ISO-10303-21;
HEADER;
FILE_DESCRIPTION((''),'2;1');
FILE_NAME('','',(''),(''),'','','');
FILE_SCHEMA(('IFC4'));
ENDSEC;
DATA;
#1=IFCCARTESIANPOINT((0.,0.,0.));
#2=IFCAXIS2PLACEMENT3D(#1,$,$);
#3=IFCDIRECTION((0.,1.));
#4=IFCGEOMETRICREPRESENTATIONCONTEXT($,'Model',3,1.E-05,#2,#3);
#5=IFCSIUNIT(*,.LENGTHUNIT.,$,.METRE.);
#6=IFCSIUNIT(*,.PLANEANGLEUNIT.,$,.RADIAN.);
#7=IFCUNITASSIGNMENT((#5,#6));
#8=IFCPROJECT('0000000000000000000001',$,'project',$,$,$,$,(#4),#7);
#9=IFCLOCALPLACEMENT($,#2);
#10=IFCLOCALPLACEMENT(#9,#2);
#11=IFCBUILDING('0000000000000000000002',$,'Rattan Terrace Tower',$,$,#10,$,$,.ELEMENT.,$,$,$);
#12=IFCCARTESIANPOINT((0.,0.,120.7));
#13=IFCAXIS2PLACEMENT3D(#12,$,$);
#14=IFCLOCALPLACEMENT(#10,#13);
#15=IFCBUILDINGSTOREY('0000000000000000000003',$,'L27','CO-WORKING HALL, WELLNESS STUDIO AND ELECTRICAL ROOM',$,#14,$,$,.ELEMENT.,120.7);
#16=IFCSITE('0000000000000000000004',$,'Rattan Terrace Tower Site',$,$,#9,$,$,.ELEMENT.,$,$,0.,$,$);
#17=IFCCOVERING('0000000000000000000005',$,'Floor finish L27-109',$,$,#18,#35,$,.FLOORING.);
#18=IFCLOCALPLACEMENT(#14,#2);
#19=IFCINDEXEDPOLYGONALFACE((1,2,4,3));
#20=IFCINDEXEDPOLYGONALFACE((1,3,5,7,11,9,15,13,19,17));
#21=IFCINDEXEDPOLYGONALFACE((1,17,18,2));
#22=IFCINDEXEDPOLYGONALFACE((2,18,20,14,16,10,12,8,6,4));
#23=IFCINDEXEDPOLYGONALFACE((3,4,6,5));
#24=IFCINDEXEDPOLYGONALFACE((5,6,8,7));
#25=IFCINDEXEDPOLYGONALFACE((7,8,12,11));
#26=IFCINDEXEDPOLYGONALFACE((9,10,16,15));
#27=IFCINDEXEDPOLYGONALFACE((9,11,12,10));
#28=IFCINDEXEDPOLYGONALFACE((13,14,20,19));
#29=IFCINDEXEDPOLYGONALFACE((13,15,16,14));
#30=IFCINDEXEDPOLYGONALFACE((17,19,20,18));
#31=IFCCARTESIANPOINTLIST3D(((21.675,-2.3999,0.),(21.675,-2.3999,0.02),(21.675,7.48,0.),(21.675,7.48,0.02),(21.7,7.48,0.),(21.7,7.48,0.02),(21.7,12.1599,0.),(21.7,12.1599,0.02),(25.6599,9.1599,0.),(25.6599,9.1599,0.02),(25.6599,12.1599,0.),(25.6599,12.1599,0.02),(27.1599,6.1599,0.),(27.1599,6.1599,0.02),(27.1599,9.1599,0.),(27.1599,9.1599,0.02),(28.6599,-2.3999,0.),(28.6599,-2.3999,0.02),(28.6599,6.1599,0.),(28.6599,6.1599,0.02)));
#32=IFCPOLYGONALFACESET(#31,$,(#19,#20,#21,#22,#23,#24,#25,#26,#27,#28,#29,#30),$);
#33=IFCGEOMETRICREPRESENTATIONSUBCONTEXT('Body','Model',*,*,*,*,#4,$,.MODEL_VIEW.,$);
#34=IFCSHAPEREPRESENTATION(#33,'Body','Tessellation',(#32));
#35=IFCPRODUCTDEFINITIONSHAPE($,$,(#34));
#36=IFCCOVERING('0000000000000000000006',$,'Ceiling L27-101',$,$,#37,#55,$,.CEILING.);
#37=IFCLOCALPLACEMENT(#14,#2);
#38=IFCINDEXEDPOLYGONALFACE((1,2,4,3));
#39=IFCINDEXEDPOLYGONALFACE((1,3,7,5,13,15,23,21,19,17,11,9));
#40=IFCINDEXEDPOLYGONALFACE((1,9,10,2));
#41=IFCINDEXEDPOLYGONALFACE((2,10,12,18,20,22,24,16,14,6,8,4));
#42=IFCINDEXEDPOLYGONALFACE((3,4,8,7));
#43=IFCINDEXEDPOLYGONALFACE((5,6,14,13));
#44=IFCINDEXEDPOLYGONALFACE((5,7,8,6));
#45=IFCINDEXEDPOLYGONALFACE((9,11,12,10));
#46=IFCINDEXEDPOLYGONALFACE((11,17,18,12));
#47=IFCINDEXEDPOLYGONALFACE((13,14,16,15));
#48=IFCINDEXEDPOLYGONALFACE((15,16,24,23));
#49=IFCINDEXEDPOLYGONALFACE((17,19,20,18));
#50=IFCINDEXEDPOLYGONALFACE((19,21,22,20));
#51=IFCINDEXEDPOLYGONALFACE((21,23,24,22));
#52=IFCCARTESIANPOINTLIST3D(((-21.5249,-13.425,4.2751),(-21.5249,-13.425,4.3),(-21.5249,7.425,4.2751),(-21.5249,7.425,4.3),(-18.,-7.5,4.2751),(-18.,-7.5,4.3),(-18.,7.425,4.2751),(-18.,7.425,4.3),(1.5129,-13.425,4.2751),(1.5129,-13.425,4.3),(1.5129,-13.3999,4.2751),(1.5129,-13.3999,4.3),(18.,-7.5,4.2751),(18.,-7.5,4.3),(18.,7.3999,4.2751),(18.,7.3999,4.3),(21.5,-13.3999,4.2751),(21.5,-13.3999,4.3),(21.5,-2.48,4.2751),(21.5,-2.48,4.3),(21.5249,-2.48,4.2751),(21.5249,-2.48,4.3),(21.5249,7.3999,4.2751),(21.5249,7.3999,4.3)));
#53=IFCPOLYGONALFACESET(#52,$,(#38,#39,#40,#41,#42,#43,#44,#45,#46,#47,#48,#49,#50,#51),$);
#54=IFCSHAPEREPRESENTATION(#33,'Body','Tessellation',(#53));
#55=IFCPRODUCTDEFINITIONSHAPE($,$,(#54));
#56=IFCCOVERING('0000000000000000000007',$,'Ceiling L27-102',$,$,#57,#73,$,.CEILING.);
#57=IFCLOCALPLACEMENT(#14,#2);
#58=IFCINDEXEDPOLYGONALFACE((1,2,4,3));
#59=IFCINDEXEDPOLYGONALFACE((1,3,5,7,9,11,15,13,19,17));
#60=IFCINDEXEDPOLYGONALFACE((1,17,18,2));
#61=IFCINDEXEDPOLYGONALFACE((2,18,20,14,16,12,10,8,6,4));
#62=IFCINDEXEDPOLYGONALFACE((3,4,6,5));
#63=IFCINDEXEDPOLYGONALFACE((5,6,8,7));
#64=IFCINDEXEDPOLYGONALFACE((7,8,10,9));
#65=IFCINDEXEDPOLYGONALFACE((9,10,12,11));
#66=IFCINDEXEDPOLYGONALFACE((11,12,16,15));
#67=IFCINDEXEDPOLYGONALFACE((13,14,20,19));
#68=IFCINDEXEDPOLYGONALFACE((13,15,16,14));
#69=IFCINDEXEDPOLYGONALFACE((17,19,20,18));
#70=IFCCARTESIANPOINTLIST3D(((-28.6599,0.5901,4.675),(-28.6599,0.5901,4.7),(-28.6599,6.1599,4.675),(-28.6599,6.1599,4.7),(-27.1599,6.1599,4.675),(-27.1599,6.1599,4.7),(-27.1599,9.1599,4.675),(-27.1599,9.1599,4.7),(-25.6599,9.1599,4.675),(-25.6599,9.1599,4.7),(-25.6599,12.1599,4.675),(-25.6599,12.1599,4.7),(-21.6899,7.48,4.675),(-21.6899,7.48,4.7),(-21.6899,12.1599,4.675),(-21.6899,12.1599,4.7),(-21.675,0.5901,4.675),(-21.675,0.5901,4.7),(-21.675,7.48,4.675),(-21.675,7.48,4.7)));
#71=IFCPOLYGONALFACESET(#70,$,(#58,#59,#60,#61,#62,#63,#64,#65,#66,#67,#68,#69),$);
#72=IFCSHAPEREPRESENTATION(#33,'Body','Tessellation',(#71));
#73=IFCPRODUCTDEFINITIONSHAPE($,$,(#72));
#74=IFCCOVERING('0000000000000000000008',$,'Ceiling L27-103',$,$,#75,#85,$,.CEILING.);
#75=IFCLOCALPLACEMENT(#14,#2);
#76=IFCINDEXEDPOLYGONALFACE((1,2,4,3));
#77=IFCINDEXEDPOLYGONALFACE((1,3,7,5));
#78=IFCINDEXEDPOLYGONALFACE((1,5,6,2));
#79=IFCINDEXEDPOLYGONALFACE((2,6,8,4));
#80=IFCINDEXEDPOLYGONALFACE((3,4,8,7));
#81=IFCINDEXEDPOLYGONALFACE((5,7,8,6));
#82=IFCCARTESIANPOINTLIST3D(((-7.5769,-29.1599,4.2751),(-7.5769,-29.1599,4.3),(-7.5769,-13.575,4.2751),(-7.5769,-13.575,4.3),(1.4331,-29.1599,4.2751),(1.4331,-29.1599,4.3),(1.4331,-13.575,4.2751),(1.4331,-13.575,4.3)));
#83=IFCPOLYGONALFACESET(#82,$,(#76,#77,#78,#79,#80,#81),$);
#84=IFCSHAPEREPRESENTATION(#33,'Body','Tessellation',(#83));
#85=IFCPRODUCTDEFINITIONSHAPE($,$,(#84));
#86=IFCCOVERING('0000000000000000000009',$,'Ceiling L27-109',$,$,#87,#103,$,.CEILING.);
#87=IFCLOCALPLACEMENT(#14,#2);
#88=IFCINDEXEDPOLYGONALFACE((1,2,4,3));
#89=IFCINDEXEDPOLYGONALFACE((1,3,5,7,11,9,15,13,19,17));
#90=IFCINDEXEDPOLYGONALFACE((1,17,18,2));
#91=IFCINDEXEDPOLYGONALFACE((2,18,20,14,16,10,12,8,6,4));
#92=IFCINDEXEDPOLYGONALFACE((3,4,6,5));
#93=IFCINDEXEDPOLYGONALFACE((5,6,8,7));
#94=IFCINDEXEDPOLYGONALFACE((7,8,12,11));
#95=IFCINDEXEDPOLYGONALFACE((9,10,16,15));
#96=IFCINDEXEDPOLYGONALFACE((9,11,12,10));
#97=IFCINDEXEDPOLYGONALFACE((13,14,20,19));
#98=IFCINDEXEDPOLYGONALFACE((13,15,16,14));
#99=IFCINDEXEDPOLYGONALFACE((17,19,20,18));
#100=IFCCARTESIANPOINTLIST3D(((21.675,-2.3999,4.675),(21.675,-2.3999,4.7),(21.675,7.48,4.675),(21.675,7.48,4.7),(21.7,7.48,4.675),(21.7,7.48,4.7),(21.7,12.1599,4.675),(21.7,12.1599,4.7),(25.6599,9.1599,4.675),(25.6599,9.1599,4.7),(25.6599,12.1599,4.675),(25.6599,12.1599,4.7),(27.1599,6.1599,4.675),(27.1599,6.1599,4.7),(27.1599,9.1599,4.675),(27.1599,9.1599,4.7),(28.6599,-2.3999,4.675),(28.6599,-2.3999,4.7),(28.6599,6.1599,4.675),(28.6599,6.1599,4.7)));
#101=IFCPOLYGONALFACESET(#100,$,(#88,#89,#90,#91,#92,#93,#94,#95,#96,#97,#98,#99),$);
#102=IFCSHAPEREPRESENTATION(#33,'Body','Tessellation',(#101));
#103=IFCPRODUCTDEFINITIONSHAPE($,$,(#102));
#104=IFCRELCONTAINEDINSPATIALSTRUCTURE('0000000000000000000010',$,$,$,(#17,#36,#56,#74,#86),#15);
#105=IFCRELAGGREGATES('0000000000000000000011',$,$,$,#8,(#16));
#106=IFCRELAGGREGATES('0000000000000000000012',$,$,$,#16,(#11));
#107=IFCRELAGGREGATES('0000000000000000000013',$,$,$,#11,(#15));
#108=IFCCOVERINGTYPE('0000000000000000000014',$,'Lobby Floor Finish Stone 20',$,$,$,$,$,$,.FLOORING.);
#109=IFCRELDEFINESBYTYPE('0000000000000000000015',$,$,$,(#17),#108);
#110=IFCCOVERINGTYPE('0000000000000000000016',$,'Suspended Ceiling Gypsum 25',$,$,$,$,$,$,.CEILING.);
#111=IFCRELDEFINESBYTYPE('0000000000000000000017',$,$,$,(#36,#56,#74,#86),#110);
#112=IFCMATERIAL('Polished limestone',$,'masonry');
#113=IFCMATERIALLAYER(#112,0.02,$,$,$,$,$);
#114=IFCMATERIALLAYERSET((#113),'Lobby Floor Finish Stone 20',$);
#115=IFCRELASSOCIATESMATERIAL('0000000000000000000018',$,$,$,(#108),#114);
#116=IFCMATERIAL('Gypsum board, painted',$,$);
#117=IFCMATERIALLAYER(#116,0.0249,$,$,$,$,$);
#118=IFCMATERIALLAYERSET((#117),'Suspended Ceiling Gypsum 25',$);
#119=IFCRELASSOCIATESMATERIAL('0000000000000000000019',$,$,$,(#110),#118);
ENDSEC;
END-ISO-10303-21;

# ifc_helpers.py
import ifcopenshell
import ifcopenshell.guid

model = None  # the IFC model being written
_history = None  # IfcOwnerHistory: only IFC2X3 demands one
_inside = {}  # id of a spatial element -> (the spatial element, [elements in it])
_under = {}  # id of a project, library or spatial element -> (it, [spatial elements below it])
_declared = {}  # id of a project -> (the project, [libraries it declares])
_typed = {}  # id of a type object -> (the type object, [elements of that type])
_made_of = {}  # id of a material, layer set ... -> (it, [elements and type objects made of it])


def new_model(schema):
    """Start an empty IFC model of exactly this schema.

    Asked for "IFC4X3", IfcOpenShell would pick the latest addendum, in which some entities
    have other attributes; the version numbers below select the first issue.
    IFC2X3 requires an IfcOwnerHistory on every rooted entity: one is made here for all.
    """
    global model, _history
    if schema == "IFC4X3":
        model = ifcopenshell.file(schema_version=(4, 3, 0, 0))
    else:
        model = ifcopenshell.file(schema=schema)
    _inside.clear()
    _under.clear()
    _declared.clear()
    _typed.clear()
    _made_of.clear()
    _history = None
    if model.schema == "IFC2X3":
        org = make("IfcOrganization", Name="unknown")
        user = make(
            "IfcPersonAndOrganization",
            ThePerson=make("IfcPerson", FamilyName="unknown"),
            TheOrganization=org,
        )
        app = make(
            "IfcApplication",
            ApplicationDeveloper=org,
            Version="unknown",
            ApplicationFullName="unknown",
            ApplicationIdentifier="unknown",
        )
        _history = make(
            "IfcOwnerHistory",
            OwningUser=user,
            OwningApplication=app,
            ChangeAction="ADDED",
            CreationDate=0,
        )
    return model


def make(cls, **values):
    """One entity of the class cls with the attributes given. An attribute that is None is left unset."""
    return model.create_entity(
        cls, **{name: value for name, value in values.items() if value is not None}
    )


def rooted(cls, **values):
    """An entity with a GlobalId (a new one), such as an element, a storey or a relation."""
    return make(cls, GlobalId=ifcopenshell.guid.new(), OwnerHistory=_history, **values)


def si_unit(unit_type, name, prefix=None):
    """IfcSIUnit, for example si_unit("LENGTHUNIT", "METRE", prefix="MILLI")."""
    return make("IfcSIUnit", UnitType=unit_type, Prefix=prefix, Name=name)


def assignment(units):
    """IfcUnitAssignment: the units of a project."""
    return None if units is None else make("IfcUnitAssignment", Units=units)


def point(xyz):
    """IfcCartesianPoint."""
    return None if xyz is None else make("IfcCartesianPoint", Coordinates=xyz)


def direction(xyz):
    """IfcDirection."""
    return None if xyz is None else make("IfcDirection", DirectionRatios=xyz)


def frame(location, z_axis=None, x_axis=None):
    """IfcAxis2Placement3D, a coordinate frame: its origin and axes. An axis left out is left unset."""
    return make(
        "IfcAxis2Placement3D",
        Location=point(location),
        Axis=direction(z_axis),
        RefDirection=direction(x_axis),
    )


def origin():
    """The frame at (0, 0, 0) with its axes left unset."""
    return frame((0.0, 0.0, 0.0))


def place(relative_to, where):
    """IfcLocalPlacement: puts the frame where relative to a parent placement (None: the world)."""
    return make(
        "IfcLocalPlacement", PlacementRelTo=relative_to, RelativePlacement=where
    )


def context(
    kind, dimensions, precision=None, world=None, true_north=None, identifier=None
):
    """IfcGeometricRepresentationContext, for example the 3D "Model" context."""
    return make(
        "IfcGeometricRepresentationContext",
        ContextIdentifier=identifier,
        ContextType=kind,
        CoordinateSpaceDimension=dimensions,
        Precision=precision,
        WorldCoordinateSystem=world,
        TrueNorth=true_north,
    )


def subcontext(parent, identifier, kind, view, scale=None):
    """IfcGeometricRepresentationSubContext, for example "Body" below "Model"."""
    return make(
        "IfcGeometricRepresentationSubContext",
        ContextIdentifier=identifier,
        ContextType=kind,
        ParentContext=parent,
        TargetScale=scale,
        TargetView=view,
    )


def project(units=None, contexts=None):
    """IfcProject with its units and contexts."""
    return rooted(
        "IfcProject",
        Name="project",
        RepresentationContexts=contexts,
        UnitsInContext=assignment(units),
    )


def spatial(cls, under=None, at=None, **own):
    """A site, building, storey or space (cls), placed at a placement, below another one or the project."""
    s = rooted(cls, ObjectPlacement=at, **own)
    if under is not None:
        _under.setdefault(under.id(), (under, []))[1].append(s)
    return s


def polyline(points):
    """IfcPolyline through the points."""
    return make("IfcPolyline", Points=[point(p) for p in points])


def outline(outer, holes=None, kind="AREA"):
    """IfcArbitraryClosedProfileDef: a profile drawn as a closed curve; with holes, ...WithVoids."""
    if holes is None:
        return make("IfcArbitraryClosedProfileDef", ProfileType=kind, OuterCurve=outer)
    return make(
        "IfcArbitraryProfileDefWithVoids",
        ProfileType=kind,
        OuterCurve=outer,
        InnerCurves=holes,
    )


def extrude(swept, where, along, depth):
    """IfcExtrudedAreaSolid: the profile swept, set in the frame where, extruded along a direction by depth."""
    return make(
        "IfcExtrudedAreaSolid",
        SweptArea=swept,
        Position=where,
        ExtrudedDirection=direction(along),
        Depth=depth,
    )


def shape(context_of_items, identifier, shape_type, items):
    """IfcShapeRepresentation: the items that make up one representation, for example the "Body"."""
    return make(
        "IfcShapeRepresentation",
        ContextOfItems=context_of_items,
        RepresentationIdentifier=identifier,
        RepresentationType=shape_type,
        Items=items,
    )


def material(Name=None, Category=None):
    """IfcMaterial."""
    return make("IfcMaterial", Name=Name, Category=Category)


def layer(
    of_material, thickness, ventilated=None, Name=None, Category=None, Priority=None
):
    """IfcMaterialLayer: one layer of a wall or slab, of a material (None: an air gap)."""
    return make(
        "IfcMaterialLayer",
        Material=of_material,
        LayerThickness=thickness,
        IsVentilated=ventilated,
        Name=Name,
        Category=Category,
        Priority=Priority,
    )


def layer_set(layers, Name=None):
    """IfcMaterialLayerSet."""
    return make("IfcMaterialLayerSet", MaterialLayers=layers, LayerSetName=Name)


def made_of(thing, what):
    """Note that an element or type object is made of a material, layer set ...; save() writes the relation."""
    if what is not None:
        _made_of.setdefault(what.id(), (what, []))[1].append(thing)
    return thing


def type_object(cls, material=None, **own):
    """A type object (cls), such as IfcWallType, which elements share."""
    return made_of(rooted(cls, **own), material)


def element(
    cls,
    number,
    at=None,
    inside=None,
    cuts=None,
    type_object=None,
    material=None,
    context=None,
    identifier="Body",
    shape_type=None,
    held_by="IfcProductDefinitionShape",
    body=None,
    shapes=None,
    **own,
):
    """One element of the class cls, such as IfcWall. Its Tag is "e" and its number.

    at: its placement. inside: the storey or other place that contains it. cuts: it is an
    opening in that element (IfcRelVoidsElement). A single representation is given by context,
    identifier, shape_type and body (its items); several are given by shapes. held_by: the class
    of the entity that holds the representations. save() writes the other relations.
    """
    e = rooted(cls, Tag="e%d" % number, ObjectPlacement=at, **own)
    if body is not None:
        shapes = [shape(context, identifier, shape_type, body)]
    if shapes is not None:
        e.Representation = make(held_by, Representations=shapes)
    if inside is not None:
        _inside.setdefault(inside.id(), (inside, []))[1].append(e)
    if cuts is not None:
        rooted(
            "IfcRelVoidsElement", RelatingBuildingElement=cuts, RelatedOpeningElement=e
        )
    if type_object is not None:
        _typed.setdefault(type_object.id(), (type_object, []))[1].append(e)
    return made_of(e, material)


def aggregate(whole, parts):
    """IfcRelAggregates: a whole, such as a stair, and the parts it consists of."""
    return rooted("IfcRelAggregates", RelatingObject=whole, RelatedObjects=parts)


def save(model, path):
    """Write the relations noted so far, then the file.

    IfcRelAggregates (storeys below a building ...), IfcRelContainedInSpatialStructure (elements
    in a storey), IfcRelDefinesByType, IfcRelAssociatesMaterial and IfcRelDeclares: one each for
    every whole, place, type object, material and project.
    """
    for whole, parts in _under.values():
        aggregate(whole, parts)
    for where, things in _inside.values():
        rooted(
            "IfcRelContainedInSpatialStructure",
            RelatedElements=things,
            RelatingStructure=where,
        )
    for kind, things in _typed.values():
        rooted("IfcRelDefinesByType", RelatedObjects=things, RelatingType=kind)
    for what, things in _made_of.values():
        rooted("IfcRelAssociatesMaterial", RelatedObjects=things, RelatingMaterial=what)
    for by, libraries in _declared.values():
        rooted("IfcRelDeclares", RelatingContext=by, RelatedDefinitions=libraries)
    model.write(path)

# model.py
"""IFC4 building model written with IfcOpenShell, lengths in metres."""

from ifc_helpers import new_model, si_unit, direction, frame, origin, place, context, subcontext, project, spatial, polyline, outline, extrude, material, layer, layer_set, type_object, element, save


model = new_model("IFC4")

# Units and contexts
model_context = context("Model", 3, precision=1e-05, world=origin(), true_north=direction((0.0, 1.0)))
body_context = subcontext(model_context, "Body", "Model", "MODEL_VIEW")
ifc_project = project(units=[si_unit("LENGTHUNIT", "METRE"), si_unit("PLANEANGLEUNIT", "RADIAN")], contexts=[model_context])

# Site, building, storey
site_placement = place(None, origin())
site = spatial("IfcSite", under=ifc_project, at=site_placement, Name="Rattan Terrace Tower Site", CompositionType="ELEMENT", RefElevation=0.0)
building_placement = place(site_placement, origin())
building = spatial("IfcBuilding", under=site, at=building_placement, Name="Rattan Terrace Tower", CompositionType="ELEMENT")
storey_placement = place(building_placement, frame((0.0, 0.0, 120.7)))
storey = spatial("IfcBuildingStorey", under=building, at=storey_placement, Name="L27", Description="CO-WORKING HALL, WELLNESS STUDIO AND ELECTRICAL ROOM", CompositionType="ELEMENT", Elevation=120.7)

# Coverings
ifc_material_1 = material(Name="Polished limestone", Category="masonry")
ifc_layer_1 = layer(ifc_material_1, 0.02)
ifc_layer_set_1 = layer_set([ifc_layer_1], Name="Lobby Floor Finish Stone 20")
covering_type_1 = type_object("IfcCoveringType", Name="Lobby Floor Finish Stone 20", PredefinedType="FLOORING", material=ifc_layer_set_1)
covering_1_placement = place(storey_placement, origin())
element("IfcCovering", 1, at=covering_1_placement, inside=storey, type_object=covering_type_1, Name="Floor finish L27-109", PredefinedType="FLOORING", context=body_context, shape_type="SweptSolid", body=[
    extrude(outline(polyline([(21.675, -2.3999), (28.6599, -2.3999), (28.6599, 6.1599), (27.1599, 6.1599), (27.1599, 9.1599), (25.6599, 9.1599), (25.6599, 12.1599), (21.7, 12.1599), (21.7, 7.48), (21.675, 7.48), (21.675, -2.3999)])), origin(), (0.0, 0.0, 1.0), 0.02),
])
ifc_material_2 = material(Name="Gypsum board, painted")
ifc_layer_2 = layer(ifc_material_2, 0.0249)
ifc_layer_set_2 = layer_set([ifc_layer_2], Name="Suspended Ceiling Gypsum 25")
covering_type_2 = type_object("IfcCoveringType", Name="Suspended Ceiling Gypsum 25", PredefinedType="CEILING", material=ifc_layer_set_2)
covering_2_placement = place(storey_placement, frame((0.0, 0.0, 4.2751)))
element("IfcCovering", 2, at=covering_2_placement, inside=storey, type_object=covering_type_2, Name="Ceiling L27-101", PredefinedType="CEILING", context=body_context, shape_type="SweptSolid", body=[
    extrude(outline(polyline([(18.0, -7.5), (-18.0, -7.5), (-18.0, 7.425), (-21.5249, 7.425), (-21.5249, -13.425), (1.5129, -13.425), (1.5129, -13.3999), (21.5, -13.3999), (21.5, -2.48), (21.5249, -2.48), (21.5249, 7.3999), (18.0, 7.3999), (18.0, -7.5)])), origin(), (0.0, 0.0, 1.0), 0.0249),
])
covering_3_placement = place(storey_placement, frame((0.0, 0.0, 4.675)))
element("IfcCovering", 3, at=covering_3_placement, inside=storey, type_object=covering_type_2, Name="Ceiling L27-102", PredefinedType="CEILING", context=body_context, shape_type="SweptSolid", body=[
    extrude(outline(polyline([(-25.6599, 12.1599), (-25.6599, 9.1599), (-27.1599, 9.1599), (-27.1599, 6.1599), (-28.6599, 6.1599), (-28.6599, 0.5901), (-21.675, 0.5901), (-21.675, 7.48), (-21.6899, 7.48), (-21.6899, 12.1599), (-25.6599, 12.1599)])), origin(), (0.0, 0.0, 1.0), 0.0249),
])
covering_4_placement = place(storey_placement, frame((0.0, 0.0, 4.2751)))
element("IfcCovering", 4, at=covering_4_placement, inside=storey, type_object=covering_type_2, Name="Ceiling L27-103", PredefinedType="CEILING", context=body_context, shape_type="SweptSolid", body=[
    extrude(outline(polyline([(-7.5769, -13.575), (-7.5769, -29.1599), (1.4331, -29.1599), (1.4331, -13.575), (-7.5769, -13.575)])), origin(), (0.0, 0.0, 1.0), 0.0249),
])
covering_5_placement = place(storey_placement, frame((0.0, 0.0, 4.675)))
element("IfcCovering", 5, at=covering_5_placement, inside=storey, type_object=covering_type_2, Name="Ceiling L27-109", PredefinedType="CEILING", context=body_context, shape_type="SweptSolid", body=[
    extrude(outline(polyline([(21.675, -2.3999), (28.6599, -2.3999), (28.6599, 6.1599), (27.1599, 6.1599), (27.1599, 9.1599), (25.6599, 9.1599), (25.6599, 12.1599), (21.7, 12.1599), (21.7, 7.48), (21.675, 7.48), (21.675, -2.3999)])), origin(), (0.0, 0.0, 1.0), 0.0249),
])

save(model, "model.ifc")
